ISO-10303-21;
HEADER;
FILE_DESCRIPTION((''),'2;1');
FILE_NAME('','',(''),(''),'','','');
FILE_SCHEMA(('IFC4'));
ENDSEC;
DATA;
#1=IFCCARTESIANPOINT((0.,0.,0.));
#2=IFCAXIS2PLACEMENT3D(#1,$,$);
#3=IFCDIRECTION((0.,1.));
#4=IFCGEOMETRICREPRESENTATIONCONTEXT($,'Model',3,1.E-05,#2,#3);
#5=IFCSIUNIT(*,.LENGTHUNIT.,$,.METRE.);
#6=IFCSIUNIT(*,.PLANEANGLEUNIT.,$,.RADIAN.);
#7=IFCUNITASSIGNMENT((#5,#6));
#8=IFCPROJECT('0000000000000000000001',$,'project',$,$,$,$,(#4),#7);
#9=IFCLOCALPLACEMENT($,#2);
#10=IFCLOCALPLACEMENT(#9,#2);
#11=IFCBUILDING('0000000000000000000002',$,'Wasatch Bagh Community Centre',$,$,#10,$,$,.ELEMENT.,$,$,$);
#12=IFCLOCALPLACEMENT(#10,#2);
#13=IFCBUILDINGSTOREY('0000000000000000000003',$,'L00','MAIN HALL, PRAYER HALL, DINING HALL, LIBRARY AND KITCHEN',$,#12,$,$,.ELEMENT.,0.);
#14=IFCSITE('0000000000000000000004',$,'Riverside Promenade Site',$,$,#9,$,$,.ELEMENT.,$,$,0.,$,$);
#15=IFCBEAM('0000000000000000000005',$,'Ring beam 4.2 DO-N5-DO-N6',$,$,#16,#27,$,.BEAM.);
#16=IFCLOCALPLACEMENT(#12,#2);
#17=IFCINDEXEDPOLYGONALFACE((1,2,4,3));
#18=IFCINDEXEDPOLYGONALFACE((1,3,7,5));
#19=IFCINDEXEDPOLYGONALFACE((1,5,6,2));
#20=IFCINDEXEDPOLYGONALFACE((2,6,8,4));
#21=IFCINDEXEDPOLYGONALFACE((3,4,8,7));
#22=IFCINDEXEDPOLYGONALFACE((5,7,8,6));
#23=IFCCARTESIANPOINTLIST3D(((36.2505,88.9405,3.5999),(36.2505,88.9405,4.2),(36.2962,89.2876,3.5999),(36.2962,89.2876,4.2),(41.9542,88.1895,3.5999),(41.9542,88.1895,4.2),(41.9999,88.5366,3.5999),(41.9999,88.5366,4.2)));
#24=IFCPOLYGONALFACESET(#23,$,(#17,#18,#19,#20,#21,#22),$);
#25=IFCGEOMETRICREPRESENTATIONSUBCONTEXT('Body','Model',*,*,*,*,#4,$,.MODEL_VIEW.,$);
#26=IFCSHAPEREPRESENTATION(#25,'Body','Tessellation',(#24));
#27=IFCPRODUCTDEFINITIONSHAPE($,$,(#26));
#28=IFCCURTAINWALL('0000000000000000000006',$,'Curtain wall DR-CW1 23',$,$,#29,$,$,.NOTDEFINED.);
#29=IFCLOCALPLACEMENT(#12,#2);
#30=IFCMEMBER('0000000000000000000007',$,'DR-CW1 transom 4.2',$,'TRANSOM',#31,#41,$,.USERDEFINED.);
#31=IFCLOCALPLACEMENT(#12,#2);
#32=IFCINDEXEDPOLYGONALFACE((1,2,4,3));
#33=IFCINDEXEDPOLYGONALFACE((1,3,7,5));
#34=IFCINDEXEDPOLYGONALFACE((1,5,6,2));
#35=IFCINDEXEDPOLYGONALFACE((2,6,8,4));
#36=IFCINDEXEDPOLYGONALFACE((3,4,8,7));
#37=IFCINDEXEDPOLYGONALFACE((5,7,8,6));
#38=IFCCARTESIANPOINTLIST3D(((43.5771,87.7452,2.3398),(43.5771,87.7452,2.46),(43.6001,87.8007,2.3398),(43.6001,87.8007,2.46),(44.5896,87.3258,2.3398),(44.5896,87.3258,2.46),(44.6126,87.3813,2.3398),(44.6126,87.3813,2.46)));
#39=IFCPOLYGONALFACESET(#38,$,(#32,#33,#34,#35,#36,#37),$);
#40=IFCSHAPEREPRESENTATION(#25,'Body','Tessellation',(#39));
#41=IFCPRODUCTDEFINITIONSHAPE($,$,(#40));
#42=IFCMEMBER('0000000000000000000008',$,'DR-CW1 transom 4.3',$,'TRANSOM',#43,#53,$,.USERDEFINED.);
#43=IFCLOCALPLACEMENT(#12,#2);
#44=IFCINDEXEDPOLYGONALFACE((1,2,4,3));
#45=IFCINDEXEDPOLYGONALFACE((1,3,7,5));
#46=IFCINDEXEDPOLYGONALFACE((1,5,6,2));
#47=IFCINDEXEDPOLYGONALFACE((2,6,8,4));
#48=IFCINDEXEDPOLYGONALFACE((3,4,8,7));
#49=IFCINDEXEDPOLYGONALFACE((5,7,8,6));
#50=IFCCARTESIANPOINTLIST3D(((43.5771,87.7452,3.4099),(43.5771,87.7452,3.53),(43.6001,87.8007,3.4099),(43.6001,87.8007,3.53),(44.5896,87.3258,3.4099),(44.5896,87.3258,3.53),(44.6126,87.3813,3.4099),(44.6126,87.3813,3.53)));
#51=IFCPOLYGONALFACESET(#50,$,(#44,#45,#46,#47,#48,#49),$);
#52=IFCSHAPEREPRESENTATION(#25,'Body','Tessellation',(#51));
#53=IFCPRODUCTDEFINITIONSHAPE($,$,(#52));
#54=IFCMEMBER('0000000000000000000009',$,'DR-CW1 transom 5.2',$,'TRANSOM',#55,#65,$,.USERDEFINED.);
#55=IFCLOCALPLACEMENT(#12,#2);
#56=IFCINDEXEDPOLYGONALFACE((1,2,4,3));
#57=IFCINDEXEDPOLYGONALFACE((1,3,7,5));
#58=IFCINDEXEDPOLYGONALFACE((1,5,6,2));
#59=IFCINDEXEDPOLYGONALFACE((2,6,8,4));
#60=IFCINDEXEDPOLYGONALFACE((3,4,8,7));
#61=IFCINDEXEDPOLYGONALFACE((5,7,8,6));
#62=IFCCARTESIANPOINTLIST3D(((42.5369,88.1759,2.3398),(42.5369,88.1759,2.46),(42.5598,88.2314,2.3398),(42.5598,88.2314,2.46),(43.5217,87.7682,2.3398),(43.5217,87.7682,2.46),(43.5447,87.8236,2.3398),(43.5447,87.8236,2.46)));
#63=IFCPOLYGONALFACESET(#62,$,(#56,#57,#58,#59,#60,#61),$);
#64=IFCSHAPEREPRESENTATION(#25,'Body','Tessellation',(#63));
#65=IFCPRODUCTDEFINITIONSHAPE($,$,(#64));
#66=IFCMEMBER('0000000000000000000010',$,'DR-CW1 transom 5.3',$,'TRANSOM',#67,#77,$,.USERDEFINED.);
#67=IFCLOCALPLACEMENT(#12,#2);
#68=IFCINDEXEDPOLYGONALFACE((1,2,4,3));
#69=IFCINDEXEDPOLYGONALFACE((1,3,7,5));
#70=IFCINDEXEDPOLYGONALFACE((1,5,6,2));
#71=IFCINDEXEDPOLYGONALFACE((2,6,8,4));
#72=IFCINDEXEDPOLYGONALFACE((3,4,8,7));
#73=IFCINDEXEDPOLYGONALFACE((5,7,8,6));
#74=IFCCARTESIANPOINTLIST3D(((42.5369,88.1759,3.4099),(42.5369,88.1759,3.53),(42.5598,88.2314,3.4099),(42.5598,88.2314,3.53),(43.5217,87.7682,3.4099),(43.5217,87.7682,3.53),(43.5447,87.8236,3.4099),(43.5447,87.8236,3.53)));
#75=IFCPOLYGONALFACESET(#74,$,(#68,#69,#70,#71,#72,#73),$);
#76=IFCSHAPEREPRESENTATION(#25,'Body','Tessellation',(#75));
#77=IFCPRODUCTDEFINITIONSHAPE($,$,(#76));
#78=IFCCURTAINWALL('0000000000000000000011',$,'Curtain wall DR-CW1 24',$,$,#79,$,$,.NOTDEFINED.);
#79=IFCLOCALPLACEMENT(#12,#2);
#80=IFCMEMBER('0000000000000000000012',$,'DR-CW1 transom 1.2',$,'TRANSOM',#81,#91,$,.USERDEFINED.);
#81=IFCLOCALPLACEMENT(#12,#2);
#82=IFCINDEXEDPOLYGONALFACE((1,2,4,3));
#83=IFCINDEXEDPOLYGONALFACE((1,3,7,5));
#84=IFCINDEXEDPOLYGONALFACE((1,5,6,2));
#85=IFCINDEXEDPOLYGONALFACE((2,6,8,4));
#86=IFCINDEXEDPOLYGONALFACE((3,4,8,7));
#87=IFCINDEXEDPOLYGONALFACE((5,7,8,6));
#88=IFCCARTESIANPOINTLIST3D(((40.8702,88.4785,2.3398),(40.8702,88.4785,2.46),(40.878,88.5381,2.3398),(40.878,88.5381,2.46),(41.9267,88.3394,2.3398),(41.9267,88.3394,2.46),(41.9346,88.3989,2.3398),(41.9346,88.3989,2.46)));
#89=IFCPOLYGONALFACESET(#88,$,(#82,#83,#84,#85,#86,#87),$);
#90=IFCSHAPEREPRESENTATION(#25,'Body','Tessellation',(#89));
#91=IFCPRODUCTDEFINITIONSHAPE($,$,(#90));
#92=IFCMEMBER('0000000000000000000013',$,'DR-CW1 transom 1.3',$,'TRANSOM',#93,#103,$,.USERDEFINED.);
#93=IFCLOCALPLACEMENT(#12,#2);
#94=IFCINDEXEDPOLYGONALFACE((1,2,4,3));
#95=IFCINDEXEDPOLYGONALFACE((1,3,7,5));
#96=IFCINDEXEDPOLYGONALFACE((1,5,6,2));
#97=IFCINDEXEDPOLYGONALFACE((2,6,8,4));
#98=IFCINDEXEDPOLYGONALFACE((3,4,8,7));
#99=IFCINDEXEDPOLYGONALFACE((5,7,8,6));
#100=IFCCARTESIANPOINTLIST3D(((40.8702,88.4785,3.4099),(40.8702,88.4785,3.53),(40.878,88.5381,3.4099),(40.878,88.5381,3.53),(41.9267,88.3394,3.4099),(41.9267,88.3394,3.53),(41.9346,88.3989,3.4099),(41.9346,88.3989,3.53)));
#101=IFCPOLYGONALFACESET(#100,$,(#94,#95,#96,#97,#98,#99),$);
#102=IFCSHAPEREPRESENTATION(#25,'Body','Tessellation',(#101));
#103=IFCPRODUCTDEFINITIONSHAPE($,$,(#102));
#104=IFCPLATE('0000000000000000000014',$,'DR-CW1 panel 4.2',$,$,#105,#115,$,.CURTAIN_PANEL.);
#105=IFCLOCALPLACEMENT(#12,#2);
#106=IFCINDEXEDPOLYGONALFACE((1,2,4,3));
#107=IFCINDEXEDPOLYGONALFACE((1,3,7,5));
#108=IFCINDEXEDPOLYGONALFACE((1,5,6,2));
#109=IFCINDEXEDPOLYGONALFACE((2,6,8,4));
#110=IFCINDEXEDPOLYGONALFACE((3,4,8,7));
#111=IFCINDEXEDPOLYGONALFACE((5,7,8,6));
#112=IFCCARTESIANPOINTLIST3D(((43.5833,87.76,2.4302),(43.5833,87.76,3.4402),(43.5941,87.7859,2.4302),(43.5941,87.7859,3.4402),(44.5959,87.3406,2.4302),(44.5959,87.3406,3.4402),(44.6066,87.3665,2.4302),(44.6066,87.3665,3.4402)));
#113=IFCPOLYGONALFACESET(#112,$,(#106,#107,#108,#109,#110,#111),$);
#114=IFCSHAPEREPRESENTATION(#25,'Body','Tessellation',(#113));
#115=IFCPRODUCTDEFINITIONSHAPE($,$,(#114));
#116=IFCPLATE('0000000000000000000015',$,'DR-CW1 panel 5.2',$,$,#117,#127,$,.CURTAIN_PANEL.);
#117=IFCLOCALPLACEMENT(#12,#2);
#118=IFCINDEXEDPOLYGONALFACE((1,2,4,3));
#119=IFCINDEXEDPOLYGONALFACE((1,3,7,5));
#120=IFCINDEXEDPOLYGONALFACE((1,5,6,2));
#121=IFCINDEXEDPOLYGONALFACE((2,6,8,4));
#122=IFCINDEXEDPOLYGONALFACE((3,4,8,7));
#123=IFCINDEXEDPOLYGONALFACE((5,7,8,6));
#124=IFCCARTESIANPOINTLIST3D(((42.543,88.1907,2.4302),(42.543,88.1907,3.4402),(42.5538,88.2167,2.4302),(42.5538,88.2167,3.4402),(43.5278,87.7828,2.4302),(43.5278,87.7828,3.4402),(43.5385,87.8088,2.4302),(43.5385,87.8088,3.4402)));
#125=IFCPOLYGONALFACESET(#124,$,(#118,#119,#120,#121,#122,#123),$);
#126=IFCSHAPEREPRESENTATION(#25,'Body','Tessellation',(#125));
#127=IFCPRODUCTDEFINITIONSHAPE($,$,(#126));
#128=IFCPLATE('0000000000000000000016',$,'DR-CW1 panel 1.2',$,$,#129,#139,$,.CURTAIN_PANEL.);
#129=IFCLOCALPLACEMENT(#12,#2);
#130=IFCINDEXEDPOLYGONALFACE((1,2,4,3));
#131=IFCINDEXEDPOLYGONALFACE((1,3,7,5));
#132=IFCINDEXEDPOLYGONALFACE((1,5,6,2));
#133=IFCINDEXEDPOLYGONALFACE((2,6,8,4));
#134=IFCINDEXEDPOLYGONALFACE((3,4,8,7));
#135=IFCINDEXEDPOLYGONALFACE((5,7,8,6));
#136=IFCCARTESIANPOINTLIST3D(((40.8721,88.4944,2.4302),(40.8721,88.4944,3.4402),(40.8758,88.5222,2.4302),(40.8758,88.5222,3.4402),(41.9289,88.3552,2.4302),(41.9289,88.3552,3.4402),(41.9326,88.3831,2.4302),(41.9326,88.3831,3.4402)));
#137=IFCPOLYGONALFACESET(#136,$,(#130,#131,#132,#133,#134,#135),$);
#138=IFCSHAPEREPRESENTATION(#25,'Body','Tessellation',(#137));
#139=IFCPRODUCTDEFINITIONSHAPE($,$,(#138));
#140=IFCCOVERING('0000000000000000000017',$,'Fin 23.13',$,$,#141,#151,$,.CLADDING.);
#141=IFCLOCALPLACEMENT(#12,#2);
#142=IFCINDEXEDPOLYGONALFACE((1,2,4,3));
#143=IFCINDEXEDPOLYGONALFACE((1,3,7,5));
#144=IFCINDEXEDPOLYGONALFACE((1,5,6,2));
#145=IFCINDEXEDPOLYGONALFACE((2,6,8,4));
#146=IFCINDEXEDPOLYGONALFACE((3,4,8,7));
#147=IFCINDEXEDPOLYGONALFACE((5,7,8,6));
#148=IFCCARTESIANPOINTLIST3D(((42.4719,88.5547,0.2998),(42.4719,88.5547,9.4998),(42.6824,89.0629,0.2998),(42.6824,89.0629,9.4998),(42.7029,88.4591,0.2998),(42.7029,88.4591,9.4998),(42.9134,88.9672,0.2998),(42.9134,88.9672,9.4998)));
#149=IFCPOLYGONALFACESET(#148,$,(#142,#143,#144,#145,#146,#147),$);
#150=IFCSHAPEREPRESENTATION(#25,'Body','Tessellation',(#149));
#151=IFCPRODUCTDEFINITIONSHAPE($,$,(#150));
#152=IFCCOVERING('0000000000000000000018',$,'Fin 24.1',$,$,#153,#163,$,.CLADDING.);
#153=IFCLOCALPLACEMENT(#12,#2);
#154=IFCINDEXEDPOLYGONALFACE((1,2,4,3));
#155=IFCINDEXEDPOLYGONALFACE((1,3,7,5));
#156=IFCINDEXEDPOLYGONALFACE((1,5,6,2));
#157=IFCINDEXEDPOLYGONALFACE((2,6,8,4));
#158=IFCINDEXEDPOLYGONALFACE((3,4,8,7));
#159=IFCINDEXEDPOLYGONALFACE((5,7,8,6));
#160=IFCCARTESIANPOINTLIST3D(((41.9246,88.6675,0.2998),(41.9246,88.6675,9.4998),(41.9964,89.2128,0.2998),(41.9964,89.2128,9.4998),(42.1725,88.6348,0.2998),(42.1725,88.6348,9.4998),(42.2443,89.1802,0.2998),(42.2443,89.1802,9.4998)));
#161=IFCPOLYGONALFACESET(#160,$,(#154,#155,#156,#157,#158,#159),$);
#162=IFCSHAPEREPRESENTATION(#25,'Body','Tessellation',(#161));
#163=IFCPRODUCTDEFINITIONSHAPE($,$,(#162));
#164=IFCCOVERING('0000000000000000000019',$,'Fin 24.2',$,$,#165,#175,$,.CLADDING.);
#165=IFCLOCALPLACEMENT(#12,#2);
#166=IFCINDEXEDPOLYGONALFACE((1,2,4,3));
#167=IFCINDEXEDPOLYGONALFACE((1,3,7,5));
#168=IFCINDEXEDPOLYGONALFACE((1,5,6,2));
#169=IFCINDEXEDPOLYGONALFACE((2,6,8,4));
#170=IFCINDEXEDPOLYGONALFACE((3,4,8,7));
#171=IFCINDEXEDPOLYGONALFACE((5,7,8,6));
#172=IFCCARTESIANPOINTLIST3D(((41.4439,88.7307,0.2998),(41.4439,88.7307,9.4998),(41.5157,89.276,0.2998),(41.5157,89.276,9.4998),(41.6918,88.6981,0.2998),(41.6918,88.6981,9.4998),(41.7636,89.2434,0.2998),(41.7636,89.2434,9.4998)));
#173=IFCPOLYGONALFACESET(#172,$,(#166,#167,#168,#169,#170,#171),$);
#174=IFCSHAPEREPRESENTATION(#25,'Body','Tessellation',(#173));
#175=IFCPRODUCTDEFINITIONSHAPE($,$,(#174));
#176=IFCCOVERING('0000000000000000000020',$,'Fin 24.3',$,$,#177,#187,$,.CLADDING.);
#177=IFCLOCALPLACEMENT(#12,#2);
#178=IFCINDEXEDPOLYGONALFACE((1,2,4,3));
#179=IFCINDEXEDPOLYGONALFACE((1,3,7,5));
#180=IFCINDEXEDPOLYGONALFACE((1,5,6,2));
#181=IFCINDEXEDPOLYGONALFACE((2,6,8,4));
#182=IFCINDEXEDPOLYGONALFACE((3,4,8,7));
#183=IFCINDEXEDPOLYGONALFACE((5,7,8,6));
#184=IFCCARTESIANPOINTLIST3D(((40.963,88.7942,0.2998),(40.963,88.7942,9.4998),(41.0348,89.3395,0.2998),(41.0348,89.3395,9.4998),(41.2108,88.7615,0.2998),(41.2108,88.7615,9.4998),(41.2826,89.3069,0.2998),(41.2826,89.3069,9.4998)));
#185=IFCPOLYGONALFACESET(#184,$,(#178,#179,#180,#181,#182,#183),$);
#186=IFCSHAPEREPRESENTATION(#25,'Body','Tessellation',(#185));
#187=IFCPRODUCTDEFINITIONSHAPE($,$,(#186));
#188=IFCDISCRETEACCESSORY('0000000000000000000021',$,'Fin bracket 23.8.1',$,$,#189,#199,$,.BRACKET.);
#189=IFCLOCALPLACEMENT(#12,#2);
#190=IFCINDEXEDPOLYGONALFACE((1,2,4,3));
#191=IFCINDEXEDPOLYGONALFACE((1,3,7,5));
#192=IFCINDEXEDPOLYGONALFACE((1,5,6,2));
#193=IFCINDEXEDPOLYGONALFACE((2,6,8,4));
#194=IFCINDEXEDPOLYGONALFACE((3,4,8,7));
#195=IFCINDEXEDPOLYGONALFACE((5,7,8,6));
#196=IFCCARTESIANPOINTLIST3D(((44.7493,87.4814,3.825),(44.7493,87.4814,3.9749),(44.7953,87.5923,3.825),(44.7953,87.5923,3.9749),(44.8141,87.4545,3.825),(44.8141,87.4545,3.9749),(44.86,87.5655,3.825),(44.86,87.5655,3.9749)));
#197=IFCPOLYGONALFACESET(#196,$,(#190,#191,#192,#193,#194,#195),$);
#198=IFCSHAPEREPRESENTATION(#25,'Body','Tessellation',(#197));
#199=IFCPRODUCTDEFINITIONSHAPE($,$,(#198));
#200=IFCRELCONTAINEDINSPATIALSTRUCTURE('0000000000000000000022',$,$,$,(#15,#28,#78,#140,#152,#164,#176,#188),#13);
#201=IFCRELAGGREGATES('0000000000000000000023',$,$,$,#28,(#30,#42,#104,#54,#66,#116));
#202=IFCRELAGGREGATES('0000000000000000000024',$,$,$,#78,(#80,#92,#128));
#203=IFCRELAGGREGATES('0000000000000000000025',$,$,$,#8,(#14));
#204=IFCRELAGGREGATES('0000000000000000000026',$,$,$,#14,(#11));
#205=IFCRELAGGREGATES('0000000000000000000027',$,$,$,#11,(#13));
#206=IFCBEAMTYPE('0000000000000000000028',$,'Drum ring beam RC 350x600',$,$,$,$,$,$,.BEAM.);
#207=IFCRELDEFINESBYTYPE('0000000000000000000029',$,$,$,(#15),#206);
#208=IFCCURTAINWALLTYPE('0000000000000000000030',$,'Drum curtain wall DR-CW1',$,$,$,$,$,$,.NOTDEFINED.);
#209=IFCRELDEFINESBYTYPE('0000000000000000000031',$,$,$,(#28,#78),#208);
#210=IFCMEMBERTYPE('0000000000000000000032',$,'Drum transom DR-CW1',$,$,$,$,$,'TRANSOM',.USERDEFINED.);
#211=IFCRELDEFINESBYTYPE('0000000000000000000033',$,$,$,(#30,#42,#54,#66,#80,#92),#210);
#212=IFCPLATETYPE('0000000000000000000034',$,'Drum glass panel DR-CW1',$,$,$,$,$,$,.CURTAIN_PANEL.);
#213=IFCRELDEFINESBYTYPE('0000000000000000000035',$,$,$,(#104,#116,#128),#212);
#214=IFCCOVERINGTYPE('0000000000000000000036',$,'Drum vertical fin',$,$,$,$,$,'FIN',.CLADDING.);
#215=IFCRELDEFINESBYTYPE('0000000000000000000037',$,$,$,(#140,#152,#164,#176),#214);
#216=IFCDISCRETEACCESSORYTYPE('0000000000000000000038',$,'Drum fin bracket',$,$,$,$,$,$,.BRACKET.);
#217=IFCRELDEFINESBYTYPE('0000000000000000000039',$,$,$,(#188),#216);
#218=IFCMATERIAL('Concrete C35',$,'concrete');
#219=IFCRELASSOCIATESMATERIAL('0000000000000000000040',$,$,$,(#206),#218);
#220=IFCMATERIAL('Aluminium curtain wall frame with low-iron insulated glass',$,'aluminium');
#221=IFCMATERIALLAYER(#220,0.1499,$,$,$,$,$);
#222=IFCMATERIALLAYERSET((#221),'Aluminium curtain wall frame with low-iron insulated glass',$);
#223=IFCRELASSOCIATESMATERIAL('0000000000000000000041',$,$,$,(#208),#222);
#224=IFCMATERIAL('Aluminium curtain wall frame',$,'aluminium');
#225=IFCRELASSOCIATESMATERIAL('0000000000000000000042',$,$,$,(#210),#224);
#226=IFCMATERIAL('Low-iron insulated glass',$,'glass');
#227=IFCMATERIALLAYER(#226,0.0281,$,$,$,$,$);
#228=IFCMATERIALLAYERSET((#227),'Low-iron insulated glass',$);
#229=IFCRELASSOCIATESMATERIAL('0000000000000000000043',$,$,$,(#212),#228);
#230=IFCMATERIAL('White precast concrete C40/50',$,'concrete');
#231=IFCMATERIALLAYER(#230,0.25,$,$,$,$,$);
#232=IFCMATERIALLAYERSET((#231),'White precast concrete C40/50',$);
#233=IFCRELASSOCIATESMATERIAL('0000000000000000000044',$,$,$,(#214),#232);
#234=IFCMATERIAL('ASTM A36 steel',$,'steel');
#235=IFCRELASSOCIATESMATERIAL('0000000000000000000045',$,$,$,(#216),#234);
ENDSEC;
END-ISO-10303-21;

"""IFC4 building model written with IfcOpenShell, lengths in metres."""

from ifc_helpers import new_model, si_unit, direction, frame, origin, origin_2d, place, context, subcontext, project, spatial, rectangle, extrude, material, layer, layer_set, material_profile, profile_set, type_object, element, aggregate, save


model = new_model("IFC4")

# Units and contexts
model_context = context("Model", 3, precision=1e-05, world=origin(), true_north=direction((0.0, 1.0)))
body_context = subcontext(model_context, "Body", "Model", "MODEL_VIEW")
ifc_project = project(units=[si_unit("LENGTHUNIT", "METRE"), si_unit("PLANEANGLEUNIT", "RADIAN")], contexts=[model_context])

# Site, building, storey
site_placement = place(None, origin())
site = spatial("IfcSite", under=ifc_project, at=site_placement, Name="Riverside Promenade Site", CompositionType="ELEMENT", RefElevation=0.0)
building_placement = place(site_placement, origin())
building = spatial("IfcBuilding", under=site, at=building_placement, Name="Wasatch Bagh Community Centre", CompositionType="ELEMENT")
storey_placement = place(building_placement, origin())
storey = spatial("IfcBuildingStorey", under=building, at=storey_placement, Name="L00", Description="MAIN HALL, PRAYER HALL, DINING HALL, LIBRARY AND KITCHEN", CompositionType="ELEMENT", Elevation=0.0)

# Beam
ifc_material_1 = material(Name="Concrete C35", Category="concrete")
ifc_material_profile_1 = material_profile(ifc_material_1, rectangle(XDim=0.3501, YDim=0.6001, at=origin_2d()), Name="RC 350x600")
ifc_profile_set_1 = profile_set([ifc_material_profile_1], Name="Concrete C35")
beam_type = type_object("IfcBeamType", Name="Drum ring beam RC 350x600", PredefinedType="BEAM", material=ifc_profile_set_1)
beam_placement = place(storey_placement, frame((41.9771, 88.363, 3.8999), z_axis=(-0.991443, 0.13054, 0.0), x_axis=(-0.13054, -0.991443, 0.0)))
element("IfcBeam", 1, at=beam_placement, inside=storey, type_object=beam_type, Name="Ring beam 4.2 DO-N5-DO-N6", PredefinedType="BEAM", context=body_context, shape_type="SweptSolid", body=[
    extrude(rectangle(XDim=0.3501, YDim=0.6001, at=origin_2d()), origin(), (0.0, 0.0, 1.0), 5.7529),
])

# Curtain walls, members
ifc_material_2 = material(Name="Aluminium curtain wall frame with low-iron insulated glass", Category="aluminium")
ifc_layer_1 = layer(ifc_material_2, 0.1499)
ifc_layer_set_1 = layer_set([ifc_layer_1], Name="Aluminium curtain wall frame with low-iron insulated glass")
curtain_wall_type = type_object("IfcCurtainWallType", Name="Drum curtain wall DR-CW1", PredefinedType="NOTDEFINED", material=ifc_layer_set_1)
curtain_wall_1_placement = place(storey_placement, origin())
curtain_wall_1 = element("IfcCurtainWall", 2, at=curtain_wall_1_placement, inside=storey, type_object=curtain_wall_type, Name="Curtain wall DR-CW1 23", PredefinedType="NOTDEFINED")
ifc_material_3 = material(Name="Aluminium curtain wall frame", Category="aluminium")
ifc_material_profile_2 = material_profile(ifc_material_3, rectangle(XDim=0.0601, YDim=0.1201, at=origin_2d()), Name="Drum transom DR-CW1")
ifc_profile_set_2 = profile_set([ifc_material_profile_2], Name="Aluminium curtain wall frame")
member_type = type_object("IfcMemberType", Name="Drum transom DR-CW1", ElementType="TRANSOM", PredefinedType="USERDEFINED", material=ifc_profile_set_2)
member_1_placement = place(storey_placement, frame((44.6011, 87.3535, 2.3999), z_axis=(-0.923859, 0.382732, 0.0), x_axis=(-0.382732, -0.923859, 0.0)))
member_1 = element("IfcMember", 3, at=member_1_placement, type_object=member_type, Name="DR-CW1 transom 4.2", ObjectType="TRANSOM", PredefinedType="USERDEFINED", context=body_context, shape_type="SweptSolid", body=[
    extrude(rectangle(XDim=0.0601, YDim=0.1201, at=origin_2d()), origin(), (0.0, 0.0, 1.0), 1.0959),
])
member_2_placement = place(storey_placement, frame((44.6011, 87.3535, 3.47), z_axis=(-0.923859, 0.382732, 0.0), x_axis=(-0.382732, -0.923859, 0.0)))
member_2 = element("IfcMember", 4, at=member_2_placement, type_object=member_type, Name="DR-CW1 transom 4.3", ObjectType="TRANSOM", PredefinedType="USERDEFINED", context=body_context, shape_type="SweptSolid", body=[
    extrude(rectangle(XDim=0.0601, YDim=0.1201, at=origin_2d()), origin(), (0.0, 0.0, 1.0), 1.0959),
])
member_3_placement = place(storey_placement, frame((43.5332, 87.7959, 2.3999), z_axis=(-0.923955, 0.3825, 0.0), x_axis=(-0.3825, -0.923955, 0.0)))
member_3 = element("IfcMember", 5, at=member_3_placement, type_object=member_type, Name="DR-CW1 transom 5.2", ObjectType="TRANSOM", PredefinedType="USERDEFINED", context=body_context, shape_type="SweptSolid", body=[
    extrude(rectangle(XDim=0.0601, YDim=0.1201, at=origin_2d()), origin(), (0.0, 0.0, 1.0), 1.0659),
])
member_4_placement = place(storey_placement, frame((43.5332, 87.7959, 3.47), z_axis=(-0.923955, 0.3825, 0.0), x_axis=(-0.3825, -0.923955, 0.0)))
member_4 = element("IfcMember", 6, at=member_4_placement, type_object=member_type, Name="DR-CW1 transom 5.3", ObjectType="TRANSOM", PredefinedType="USERDEFINED", context=body_context, shape_type="SweptSolid", body=[
    extrude(rectangle(XDim=0.0601, YDim=0.1201, at=origin_2d()), origin(), (0.0, 0.0, 1.0), 1.0659),
])
curtain_wall_2_placement = place(storey_placement, origin())
curtain_wall_2 = element("IfcCurtainWall", 7, at=curtain_wall_2_placement, inside=storey, type_object=curtain_wall_type, Name="Curtain wall DR-CW1 24", PredefinedType="NOTDEFINED")
member_5_placement = place(storey_placement, frame((41.9307, 88.3691, 2.3999), z_axis=(-0.991439, 0.130573, 0.0), x_axis=(-0.130573, -0.991439, 0.0)))
member_5 = element("IfcMember", 8, at=member_5_placement, type_object=member_type, Name="DR-CW1 transom 1.2", ObjectType="TRANSOM", PredefinedType="USERDEFINED", context=body_context, shape_type="SweptSolid", body=[
    extrude(rectangle(XDim=0.0601, YDim=0.1201, at=origin_2d()), origin(), (0.0, 0.0, 1.0), 1.0657),
])
member_6_placement = place(storey_placement, frame((41.9307, 88.3691, 3.47), z_axis=(-0.991439, 0.130573, 0.0), x_axis=(-0.130573, -0.991439, 0.0)))
member_6 = element("IfcMember", 9, at=member_6_placement, type_object=member_type, Name="DR-CW1 transom 1.3", ObjectType="TRANSOM", PredefinedType="USERDEFINED", context=body_context, shape_type="SweptSolid", body=[
    extrude(rectangle(XDim=0.0601, YDim=0.1201, at=origin_2d()), origin(), (0.0, 0.0, 1.0), 1.0657),
])

# Plates
ifc_material_4 = material(Name="Low-iron insulated glass", Category="glass")
ifc_layer_2 = layer(ifc_material_4, 0.0281)
ifc_layer_set_2 = layer_set([ifc_layer_2], Name="Low-iron insulated glass")
plate_type = type_object("IfcPlateType", Name="Drum glass panel DR-CW1", PredefinedType="CURTAIN_PANEL", material=ifc_layer_set_2)
plate_1_placement = place(storey_placement, frame((44.095, 87.5632, 2.4302), z_axis=(0.0, 0.0, 1.0), x_axis=(-0.92388, 0.382683, 0.0)))
plate_1 = element("IfcPlate", 10, at=plate_1_placement, type_object=plate_type, Name="DR-CW1 panel 4.2", PredefinedType="CURTAIN_PANEL", context=body_context, shape_type="SweptSolid", body=[
    extrude(rectangle(XDim=1.0959, YDim=0.0281, at=origin_2d()), origin(), (0.0, 0.0, 1.0), 1.01),
])
plate_2_placement = place(storey_placement, frame((43.0408, 87.9998, 2.4302), z_axis=(0.0, 0.0, 1.0), x_axis=(-0.92388, 0.382683, 0.0)))
plate_2 = element("IfcPlate", 11, at=plate_2_placement, type_object=plate_type, Name="DR-CW1 panel 5.2", PredefinedType="CURTAIN_PANEL", context=body_context, shape_type="SweptSolid", body=[
    extrude(rectangle(XDim=1.0659, YDim=0.0281, at=origin_2d()), origin(), (0.0, 0.0, 1.0), 1.01),
])
aggregate(curtain_wall_1, [member_1, member_2, plate_1, member_3, member_4, plate_2])
plate_3_placement = place(storey_placement, frame((41.4023, 88.4387, 2.4302), z_axis=(0.0, 0.0, 1.0), x_axis=(-0.991445, 0.130526, 0.0)))
plate_3 = element("IfcPlate", 12, at=plate_3_placement, type_object=plate_type, Name="DR-CW1 panel 1.2", PredefinedType="CURTAIN_PANEL", context=body_context, shape_type="SweptSolid", body=[
    extrude(rectangle(XDim=1.0659, YDim=0.0281, at=origin_2d()), origin(), (0.0, 0.0, 1.0), 1.01),
])
aggregate(curtain_wall_2, [member_5, member_6, plate_3])

# Coverings
ifc_material_5 = material(Name="White precast concrete C40/50", Category="concrete")
ifc_layer_3 = layer(ifc_material_5, 0.25)
ifc_layer_set_3 = layer_set([ifc_layer_3], Name="White precast concrete C40/50")
covering_type = type_object("IfcCoveringType", Name="Drum vertical fin", ElementType="FIN", PredefinedType="CLADDING", material=ifc_layer_set_3)
for number, where, z_axis, x_axis, name in (
    (13, (42.6926, 88.761, 0.2998), (0.0, 0.0, 1.0), (-0.92388, 0.382683, 0.0), "Fin 23.13"),
    (14, (42.0845, 88.9238, 0.2998), (0.0, 0.0, 1.0), (-0.991445, 0.130526, 0.0), "Fin 24.1"),
    (15, (41.6038, 88.9871, 0.2998), (0.0, 0.0, 1.0), (-0.991445, 0.130526, 0.0), "Fin 24.2"),
    (16, (41.1228, 89.0505, 0.2998), (0.0, 0.0, 1.0), (-0.991445, 0.130526, 0.0), "Fin 24.3"),
):
    element("IfcCovering", number, at=place(storey_placement, frame(where, z_axis=z_axis, x_axis=x_axis)), inside=storey, type_object=covering_type, Name=name, PredefinedType="CLADDING", context=body_context, shape_type="SweptSolid", body=[
        extrude(rectangle(XDim=0.25, YDim=0.55, at=origin_2d()), origin(), (0.0, 0.0, 1.0), 9.2),
    ])

# Discrete accessory
ifc_material_6 = material(Name="ASTM A36 steel", Category="steel")
discrete_accessory_type = type_object("IfcDiscreteAccessoryType", Name="Drum fin bracket", PredefinedType="BRACKET", material=ifc_material_6)
for number, where, z_axis, x_axis, name in (
    (17, (44.8047, 87.5234, 3.825), (0.0, 0.0, 1.0), (-0.92388, 0.382683, 0.0), "Fin bracket 23.8.1"),
):
    element("IfcDiscreteAccessory", number, at=place(storey_placement, frame(where, z_axis=z_axis, x_axis=x_axis)), inside=storey, type_object=discrete_accessory_type, Name=name, PredefinedType="BRACKET", context=body_context, shape_type="SweptSolid", body=[
        extrude(rectangle(XDim=0.0701, YDim=0.1201, at=origin_2d()), origin(), (0.0, 0.0, 1.0), 0.1499),
    ])

save(model, "model.ifc")
